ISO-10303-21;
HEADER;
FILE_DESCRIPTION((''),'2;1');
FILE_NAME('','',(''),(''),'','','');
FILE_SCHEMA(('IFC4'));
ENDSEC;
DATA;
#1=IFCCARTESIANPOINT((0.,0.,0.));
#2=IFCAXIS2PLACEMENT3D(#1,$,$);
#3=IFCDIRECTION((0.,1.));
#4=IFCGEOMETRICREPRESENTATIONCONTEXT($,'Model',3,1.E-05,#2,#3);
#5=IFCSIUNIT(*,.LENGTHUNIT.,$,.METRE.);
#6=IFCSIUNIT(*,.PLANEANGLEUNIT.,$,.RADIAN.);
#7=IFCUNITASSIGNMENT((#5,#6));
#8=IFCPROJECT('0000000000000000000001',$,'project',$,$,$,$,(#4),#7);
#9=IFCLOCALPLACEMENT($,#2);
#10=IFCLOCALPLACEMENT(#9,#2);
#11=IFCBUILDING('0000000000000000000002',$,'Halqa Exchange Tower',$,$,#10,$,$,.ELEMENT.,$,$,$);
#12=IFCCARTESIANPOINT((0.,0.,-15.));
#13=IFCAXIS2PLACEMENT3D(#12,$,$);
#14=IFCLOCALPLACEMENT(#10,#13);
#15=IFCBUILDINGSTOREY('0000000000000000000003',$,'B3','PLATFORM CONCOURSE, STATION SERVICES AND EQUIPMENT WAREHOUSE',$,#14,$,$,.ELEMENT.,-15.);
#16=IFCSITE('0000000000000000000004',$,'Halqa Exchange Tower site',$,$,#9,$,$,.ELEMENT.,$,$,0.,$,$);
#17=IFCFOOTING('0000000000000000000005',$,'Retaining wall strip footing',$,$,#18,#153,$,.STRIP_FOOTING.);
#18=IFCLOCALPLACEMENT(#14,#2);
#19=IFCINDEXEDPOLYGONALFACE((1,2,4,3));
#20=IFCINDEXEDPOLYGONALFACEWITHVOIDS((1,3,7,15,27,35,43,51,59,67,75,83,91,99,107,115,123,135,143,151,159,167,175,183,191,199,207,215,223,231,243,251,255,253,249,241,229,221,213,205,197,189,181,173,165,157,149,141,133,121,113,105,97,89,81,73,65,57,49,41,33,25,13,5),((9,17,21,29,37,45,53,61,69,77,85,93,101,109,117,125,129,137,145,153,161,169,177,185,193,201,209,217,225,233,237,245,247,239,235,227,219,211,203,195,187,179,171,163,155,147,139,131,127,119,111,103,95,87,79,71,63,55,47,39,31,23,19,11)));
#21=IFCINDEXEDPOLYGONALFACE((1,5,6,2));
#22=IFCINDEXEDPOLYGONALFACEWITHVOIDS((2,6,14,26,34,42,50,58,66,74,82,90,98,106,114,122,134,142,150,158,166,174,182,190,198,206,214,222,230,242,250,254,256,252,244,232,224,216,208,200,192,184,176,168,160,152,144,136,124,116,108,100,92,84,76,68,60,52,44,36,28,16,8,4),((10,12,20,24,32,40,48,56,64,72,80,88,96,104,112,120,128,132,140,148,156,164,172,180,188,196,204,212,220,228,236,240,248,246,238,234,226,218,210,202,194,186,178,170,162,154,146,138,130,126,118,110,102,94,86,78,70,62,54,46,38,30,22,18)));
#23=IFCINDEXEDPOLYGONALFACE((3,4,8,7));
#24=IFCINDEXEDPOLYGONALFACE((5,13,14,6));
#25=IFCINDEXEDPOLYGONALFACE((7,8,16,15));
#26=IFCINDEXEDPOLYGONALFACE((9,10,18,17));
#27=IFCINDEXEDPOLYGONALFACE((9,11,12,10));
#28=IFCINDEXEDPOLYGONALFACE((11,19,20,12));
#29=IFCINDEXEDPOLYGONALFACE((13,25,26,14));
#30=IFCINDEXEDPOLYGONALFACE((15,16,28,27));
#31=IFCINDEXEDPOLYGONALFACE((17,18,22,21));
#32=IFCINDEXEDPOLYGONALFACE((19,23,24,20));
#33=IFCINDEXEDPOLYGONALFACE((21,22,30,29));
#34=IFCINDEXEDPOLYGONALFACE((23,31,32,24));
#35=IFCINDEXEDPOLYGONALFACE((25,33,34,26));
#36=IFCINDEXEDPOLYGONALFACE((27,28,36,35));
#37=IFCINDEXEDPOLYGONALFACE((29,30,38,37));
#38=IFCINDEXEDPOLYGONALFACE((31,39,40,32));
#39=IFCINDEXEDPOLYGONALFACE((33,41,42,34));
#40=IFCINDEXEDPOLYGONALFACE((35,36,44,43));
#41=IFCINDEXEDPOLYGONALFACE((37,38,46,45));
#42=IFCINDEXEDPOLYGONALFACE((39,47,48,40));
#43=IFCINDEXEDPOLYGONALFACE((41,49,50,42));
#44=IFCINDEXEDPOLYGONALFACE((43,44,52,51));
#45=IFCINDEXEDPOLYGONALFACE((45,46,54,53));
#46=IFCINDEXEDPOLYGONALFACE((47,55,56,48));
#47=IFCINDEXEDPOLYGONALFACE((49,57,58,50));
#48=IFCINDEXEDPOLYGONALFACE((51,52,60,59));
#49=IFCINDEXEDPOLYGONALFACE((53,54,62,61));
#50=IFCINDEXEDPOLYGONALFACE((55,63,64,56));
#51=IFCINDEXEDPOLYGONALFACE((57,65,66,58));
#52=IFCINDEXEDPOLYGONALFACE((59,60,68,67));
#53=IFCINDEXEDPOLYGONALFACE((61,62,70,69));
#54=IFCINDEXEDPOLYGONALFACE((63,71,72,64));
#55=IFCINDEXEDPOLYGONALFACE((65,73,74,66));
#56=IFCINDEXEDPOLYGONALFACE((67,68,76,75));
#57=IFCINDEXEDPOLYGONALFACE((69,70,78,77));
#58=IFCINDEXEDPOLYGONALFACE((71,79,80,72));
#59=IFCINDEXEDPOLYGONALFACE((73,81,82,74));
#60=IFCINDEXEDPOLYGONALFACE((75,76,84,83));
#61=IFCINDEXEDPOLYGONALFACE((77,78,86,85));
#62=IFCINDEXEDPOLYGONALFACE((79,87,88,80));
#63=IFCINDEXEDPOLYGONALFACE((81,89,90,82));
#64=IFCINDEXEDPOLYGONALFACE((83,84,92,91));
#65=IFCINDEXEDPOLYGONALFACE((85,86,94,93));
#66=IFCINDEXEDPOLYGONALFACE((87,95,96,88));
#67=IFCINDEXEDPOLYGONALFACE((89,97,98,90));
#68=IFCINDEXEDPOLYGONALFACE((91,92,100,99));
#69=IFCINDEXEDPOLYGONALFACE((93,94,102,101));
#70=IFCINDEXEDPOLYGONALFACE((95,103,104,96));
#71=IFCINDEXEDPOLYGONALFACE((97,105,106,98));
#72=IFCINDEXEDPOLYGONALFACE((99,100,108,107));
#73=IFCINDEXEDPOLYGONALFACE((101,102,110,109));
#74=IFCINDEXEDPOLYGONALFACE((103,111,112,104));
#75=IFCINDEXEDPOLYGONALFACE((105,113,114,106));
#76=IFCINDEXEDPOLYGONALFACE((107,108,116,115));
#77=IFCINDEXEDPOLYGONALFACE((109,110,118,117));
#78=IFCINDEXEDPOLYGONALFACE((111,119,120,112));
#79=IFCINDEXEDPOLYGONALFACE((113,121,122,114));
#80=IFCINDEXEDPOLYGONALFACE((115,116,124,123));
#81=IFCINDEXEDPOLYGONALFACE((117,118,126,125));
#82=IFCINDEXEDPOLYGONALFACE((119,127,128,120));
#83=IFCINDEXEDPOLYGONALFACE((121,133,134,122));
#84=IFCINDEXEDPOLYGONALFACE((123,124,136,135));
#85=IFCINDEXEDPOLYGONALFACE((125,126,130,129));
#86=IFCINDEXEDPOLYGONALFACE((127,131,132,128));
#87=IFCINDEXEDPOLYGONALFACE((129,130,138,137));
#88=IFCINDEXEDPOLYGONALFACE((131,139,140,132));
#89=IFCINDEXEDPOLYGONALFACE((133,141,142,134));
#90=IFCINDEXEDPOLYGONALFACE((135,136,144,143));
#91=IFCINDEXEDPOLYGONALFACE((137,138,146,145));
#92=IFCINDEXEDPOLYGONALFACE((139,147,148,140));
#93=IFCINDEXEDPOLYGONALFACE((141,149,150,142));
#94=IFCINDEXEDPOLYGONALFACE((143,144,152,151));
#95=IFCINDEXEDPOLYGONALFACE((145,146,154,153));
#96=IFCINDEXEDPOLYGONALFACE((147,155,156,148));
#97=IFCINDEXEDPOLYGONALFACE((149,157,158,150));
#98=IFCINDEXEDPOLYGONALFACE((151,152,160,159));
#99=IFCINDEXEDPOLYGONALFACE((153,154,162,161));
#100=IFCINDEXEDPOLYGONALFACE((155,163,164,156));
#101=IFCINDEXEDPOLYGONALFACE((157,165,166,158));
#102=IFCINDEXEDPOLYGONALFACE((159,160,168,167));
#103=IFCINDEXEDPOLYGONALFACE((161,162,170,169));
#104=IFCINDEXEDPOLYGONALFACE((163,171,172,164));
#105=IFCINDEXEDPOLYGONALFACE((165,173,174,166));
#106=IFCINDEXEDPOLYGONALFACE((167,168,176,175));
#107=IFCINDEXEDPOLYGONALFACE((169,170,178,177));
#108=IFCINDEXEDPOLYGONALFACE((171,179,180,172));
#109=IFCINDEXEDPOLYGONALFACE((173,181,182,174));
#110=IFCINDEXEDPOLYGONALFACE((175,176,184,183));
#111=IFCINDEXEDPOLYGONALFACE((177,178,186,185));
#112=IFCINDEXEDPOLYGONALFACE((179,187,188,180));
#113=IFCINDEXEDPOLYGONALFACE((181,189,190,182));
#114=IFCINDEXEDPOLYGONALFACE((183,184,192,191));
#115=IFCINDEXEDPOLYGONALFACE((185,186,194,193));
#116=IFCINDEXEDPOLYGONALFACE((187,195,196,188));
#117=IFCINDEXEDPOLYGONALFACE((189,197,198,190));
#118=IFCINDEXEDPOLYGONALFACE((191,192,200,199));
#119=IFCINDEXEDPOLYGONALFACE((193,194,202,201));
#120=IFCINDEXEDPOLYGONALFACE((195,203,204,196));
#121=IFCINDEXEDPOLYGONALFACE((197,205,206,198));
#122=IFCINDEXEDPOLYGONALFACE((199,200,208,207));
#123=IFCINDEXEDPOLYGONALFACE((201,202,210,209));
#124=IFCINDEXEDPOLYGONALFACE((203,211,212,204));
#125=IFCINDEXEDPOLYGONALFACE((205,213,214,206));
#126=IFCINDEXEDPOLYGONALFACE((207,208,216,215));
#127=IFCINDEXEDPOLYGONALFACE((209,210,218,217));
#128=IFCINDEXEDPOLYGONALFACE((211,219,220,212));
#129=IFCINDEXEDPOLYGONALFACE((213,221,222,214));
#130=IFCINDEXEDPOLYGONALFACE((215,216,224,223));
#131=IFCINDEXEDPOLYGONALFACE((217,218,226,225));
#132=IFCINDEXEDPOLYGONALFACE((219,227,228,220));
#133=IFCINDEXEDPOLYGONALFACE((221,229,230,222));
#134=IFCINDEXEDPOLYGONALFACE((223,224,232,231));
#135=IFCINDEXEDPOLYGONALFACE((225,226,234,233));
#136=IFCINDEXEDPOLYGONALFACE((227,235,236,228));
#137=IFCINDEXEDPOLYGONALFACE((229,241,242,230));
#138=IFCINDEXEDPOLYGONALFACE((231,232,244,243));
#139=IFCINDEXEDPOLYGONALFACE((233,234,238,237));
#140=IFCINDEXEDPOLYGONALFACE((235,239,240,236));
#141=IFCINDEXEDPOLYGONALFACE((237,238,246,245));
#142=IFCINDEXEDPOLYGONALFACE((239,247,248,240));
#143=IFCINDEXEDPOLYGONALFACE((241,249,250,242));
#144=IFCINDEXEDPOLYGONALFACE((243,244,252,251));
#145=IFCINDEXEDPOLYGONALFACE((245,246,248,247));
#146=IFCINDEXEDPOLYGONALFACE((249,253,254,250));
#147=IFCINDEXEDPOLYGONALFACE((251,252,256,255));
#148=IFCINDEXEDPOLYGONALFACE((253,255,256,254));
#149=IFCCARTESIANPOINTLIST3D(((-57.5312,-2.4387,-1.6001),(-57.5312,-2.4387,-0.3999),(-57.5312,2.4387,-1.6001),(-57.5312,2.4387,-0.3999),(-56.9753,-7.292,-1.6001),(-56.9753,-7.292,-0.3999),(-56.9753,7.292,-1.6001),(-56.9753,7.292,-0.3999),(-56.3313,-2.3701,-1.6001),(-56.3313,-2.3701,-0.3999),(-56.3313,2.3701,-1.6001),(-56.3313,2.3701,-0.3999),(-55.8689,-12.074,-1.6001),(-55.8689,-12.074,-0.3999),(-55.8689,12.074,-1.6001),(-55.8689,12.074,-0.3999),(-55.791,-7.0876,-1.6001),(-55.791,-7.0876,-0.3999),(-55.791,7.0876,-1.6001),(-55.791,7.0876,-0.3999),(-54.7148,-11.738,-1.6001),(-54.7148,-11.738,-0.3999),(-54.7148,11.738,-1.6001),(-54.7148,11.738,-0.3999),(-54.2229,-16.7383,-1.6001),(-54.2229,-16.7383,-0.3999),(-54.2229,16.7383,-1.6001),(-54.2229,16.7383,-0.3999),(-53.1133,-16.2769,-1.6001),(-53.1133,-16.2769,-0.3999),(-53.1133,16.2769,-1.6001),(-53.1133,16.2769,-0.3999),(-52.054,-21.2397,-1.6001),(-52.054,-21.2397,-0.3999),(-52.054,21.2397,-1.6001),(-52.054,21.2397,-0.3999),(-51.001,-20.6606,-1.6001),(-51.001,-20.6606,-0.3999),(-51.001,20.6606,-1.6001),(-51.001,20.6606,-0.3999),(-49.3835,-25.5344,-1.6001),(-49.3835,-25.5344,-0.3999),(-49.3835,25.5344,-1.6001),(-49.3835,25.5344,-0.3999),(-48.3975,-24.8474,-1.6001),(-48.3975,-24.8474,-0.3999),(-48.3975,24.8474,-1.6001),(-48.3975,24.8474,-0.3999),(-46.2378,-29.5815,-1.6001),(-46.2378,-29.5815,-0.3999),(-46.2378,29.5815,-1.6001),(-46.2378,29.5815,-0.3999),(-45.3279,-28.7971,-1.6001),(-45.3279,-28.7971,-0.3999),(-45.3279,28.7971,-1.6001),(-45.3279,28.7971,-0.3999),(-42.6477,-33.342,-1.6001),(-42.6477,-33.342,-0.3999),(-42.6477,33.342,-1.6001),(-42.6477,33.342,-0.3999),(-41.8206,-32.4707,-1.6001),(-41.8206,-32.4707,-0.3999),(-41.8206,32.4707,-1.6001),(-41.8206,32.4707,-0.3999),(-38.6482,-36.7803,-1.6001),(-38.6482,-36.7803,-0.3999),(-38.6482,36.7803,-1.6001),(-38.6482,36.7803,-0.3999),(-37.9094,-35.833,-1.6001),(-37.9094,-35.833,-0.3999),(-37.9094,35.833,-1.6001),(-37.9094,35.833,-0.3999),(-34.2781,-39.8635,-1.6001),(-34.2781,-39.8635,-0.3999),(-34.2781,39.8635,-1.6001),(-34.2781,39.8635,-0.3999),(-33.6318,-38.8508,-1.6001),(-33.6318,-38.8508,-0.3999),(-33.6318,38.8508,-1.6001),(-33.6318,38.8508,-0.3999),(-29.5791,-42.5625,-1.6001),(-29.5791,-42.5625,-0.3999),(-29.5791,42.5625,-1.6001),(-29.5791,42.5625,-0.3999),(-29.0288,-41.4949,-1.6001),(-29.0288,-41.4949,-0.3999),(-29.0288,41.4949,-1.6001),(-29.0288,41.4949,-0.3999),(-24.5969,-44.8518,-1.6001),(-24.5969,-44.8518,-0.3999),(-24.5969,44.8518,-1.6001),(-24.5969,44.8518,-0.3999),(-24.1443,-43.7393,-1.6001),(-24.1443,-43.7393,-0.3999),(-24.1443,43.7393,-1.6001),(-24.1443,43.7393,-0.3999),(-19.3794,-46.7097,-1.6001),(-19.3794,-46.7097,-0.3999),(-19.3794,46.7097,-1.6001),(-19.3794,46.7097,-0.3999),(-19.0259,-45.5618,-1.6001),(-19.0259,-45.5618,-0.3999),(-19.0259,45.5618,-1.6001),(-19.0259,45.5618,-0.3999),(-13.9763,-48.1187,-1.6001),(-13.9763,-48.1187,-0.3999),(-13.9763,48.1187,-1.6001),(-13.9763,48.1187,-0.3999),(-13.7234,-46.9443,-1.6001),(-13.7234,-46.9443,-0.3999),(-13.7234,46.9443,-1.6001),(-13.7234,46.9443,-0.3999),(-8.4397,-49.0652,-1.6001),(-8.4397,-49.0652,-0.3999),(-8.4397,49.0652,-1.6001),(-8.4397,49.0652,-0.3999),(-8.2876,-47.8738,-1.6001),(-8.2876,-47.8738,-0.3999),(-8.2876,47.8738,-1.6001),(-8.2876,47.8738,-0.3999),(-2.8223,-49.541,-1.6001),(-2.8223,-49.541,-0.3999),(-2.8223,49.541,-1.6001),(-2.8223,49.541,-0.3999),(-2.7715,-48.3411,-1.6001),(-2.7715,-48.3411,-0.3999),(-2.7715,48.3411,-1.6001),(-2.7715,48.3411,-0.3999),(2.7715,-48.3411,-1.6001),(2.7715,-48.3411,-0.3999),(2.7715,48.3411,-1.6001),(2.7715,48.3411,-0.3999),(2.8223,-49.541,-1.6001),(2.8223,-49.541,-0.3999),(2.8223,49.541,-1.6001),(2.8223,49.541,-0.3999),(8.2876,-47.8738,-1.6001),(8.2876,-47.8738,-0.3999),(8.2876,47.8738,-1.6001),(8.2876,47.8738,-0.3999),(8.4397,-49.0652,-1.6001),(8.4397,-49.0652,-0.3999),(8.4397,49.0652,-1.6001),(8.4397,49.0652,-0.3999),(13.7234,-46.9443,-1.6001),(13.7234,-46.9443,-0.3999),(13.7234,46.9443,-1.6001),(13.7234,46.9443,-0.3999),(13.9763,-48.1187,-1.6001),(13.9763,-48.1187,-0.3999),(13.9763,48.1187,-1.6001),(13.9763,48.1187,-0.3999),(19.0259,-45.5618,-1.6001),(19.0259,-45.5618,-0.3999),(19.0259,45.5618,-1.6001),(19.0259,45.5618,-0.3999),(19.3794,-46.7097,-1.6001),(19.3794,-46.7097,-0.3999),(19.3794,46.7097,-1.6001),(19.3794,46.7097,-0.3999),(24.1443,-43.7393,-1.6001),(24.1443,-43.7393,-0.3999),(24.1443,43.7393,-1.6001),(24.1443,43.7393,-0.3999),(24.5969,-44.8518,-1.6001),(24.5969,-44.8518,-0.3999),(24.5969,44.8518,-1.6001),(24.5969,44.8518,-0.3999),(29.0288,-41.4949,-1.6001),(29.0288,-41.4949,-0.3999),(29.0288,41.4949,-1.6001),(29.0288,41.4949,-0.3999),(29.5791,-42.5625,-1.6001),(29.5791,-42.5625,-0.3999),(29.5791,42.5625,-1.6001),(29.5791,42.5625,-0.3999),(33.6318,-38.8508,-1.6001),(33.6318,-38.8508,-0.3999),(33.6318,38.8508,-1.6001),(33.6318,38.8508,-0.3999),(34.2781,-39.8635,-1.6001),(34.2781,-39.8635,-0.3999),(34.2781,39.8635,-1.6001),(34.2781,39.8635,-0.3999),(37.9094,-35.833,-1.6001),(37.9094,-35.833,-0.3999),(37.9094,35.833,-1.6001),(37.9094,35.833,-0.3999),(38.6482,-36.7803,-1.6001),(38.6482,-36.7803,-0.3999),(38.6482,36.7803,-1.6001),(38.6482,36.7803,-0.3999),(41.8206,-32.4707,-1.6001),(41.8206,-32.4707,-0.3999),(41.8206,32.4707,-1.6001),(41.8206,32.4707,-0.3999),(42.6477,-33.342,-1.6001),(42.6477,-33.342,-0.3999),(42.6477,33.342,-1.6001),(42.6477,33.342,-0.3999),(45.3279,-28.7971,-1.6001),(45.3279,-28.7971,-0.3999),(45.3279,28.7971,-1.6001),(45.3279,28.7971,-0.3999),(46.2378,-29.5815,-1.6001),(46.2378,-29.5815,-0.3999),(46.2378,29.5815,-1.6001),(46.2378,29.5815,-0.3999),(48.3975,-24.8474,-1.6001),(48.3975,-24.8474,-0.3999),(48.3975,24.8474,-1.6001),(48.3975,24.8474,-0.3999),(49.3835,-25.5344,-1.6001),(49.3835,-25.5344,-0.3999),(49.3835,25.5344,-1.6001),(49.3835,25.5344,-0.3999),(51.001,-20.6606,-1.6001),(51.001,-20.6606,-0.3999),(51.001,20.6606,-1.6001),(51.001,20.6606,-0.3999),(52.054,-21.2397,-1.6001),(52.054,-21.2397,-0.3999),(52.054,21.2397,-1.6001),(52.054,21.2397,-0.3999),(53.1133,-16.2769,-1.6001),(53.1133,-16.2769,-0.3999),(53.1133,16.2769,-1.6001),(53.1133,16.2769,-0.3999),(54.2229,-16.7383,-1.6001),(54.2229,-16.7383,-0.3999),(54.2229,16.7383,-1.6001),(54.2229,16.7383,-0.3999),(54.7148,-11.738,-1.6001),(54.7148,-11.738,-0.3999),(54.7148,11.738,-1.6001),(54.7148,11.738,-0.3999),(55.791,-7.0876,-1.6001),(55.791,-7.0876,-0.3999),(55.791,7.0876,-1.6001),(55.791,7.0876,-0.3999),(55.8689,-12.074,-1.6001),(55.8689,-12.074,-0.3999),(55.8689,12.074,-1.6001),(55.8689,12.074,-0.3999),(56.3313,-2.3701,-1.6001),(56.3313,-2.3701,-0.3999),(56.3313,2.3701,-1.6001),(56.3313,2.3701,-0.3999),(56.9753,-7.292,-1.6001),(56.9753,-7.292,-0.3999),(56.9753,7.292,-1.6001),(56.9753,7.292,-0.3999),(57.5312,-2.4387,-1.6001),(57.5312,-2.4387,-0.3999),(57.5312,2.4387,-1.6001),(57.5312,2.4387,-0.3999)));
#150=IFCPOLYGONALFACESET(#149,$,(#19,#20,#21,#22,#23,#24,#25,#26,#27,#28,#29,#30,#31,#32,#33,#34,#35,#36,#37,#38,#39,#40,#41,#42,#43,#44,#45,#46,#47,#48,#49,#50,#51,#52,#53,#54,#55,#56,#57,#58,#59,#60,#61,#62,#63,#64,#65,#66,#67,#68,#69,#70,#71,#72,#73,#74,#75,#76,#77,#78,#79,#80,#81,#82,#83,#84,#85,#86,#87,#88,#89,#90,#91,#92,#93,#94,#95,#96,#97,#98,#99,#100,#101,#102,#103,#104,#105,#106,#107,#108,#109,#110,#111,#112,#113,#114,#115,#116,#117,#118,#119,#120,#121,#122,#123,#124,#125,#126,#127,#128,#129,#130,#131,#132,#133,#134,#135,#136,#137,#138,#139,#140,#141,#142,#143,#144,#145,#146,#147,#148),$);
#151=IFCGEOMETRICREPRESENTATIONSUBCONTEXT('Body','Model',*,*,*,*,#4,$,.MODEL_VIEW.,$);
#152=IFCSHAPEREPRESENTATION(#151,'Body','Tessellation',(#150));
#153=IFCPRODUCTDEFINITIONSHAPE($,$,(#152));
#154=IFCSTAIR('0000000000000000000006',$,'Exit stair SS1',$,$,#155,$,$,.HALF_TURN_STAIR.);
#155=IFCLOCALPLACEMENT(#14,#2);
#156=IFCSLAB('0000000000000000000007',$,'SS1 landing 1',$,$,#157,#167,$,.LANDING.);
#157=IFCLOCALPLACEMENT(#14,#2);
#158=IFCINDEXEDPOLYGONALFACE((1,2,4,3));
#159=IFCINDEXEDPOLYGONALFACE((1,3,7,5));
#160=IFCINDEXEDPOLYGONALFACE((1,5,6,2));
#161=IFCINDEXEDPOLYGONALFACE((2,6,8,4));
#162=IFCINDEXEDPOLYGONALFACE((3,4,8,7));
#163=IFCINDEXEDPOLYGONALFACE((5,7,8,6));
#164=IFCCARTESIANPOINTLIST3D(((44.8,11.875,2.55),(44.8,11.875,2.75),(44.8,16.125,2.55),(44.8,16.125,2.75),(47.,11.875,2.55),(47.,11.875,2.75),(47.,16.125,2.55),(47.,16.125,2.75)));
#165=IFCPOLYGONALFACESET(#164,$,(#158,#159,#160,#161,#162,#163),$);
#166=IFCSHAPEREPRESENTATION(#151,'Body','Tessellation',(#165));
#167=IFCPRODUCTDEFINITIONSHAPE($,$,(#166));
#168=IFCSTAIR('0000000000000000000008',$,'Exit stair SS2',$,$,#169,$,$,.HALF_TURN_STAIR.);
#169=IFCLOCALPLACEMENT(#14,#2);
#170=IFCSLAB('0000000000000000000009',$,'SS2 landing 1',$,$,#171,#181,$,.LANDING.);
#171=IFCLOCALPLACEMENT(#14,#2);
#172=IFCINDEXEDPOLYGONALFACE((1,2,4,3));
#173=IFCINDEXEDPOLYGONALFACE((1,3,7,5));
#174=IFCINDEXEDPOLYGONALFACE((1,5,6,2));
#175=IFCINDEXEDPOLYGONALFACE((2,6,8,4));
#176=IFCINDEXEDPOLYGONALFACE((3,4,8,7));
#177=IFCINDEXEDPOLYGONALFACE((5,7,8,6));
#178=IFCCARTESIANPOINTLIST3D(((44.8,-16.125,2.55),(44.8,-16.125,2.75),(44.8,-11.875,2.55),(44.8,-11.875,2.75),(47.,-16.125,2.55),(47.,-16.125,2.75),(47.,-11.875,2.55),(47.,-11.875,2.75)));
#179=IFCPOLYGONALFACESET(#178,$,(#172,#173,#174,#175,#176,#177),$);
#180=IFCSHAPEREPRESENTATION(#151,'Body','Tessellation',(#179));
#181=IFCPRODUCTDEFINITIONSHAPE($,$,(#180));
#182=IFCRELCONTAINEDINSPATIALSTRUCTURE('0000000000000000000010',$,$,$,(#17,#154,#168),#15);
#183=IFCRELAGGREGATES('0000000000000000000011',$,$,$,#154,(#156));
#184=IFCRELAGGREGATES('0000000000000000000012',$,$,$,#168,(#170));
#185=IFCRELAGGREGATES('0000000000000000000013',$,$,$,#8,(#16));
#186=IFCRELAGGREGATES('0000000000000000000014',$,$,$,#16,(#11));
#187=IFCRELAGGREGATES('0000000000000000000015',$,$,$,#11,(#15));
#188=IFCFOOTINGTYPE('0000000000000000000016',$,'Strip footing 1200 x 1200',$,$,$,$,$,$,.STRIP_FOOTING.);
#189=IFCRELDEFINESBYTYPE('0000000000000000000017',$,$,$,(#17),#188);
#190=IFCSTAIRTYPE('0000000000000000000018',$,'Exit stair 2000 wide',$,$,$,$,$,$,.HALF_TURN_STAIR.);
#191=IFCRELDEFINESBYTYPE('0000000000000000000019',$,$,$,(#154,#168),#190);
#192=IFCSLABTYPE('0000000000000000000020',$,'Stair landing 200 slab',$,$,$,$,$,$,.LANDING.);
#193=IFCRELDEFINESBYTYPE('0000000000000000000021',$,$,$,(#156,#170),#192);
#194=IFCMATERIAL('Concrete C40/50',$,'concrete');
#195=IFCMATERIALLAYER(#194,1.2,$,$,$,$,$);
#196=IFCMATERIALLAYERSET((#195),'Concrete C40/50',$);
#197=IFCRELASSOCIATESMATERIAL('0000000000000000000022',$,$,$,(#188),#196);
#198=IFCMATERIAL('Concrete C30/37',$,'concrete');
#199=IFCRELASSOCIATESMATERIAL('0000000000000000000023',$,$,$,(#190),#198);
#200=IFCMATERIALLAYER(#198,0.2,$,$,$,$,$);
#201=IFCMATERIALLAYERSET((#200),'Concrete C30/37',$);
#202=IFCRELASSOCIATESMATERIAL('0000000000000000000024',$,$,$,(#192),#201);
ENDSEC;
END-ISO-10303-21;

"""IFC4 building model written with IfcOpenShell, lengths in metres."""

from ifc_helpers import new_model, si_unit, direction, frame, origin, place, context, subcontext, project, spatial, polyline, outline, extrude, material, layer, layer_set, type_object, element, aggregate, save


model = new_model("IFC4")

# Units and contexts
model_context = context("Model", 3, precision=1e-05, world=origin(), true_north=direction((0.0, 1.0)))
body_context = subcontext(model_context, "Body", "Model", "MODEL_VIEW")
ifc_project = project(units=[si_unit("LENGTHUNIT", "METRE"), si_unit("PLANEANGLEUNIT", "RADIAN")], contexts=[model_context])

# Site, building, storey
site_placement = place(None, origin())
site = spatial("IfcSite", under=ifc_project, at=site_placement, Name="Halqa Exchange Tower site", CompositionType="ELEMENT", RefElevation=0.0)
building_placement = place(site_placement, origin())
building = spatial("IfcBuilding", under=site, at=building_placement, Name="Halqa Exchange Tower", CompositionType="ELEMENT")
storey_placement = place(building_placement, frame((0.0, 0.0, -15.0)))
storey = spatial("IfcBuildingStorey", under=building, at=storey_placement, Name="B3", Description="PLATFORM CONCOURSE, STATION SERVICES AND EQUIPMENT WAREHOUSE", CompositionType="ELEMENT", Elevation=-15.0)

# Footing
ifc_material_1 = material(Name="Concrete C40/50", Category="concrete")
ifc_layer_1 = layer(ifc_material_1, 1.2)
ifc_layer_set_1 = layer_set([ifc_layer_1], Name="Concrete C40/50")
footing_type_1 = type_object("IfcFootingType", Name="Strip footing 1200 x 1200", PredefinedType="STRIP_FOOTING", material=ifc_layer_set_1)
footing_1_placement = place(storey_placement, frame((0.0, 0.0, -1.6001)))
element("IfcFooting", 1, at=footing_1_placement, inside=storey, type_object=footing_type_1, Name="Retaining wall strip footing", PredefinedType="STRIP_FOOTING", context=body_context, shape_type="SweptSolid", body=[
    extrude(outline(polyline([(57.5312, 2.4387), (57.5312, -2.4387), (56.9753, -7.292), (55.8689, -12.074), (54.2229, -16.7383), (52.054, -21.2397), (49.3835, -25.5344), (46.2378, -29.5815), (42.6477, -33.342), (38.6482, -36.7803), (34.2781, -39.8635), (29.5791, -42.5625), (24.5969, -44.8518), (19.3794, -46.7097), (13.9763, -48.1187), (8.4397, -49.0652), (2.8223, -49.541), (-2.8223, -49.541), (-8.4397, -49.0652), (-13.9763, -48.1187), (-19.3794, -46.7097), (-24.5969, -44.8518), (-29.5791, -42.5625), (-34.2781, -39.8635), (-38.6482, -36.7803), (-42.6477, -33.342), (-46.2378, -29.5815), (-49.3835, -25.5344), (-52.054, -21.2397), (-54.2229, -16.7383), (-55.8689, -12.074), (-56.9753, -7.292), (-57.5312, -2.4387), (-57.5312, 2.4387), (-56.9753, 7.292), (-55.8689, 12.074), (-54.2229, 16.7383), (-52.054, 21.2397), (-49.3835, 25.5344), (-46.2378, 29.5815), (-42.6477, 33.342), (-38.6482, 36.7803), (-34.2781, 39.8635), (-29.5791, 42.5625), (-24.5969, 44.8518), (-19.3794, 46.7097), (-13.9763, 48.1187), (-8.4397, 49.0652), (-2.8223, 49.541), (2.8223, 49.541), (8.4397, 49.0652), (13.9763, 48.1187), (19.3794, 46.7097), (24.5969, 44.8518), (29.5791, 42.5625), (34.2781, 39.8635), (38.6482, 36.7803), (42.6477, 33.342), (46.2378, 29.5815), (49.3835, 25.5344), (52.054, 21.2397), (54.2229, 16.7383), (55.8689, 12.074), (56.9753, 7.292), (57.5312, 2.4387)]), holes=[polyline([(56.3313, 2.3701), (56.3313, -2.3701), (55.791, -7.0876), (54.7148, -11.738), (53.1133, -16.2769), (51.001, -20.6606), (48.3975, -24.8474), (45.3279, -28.7971), (41.8206, -32.4707), (37.9094, -35.833), (33.6318, -38.8508), (29.0288, -41.4949), (24.1443, -43.7393), (19.0259, -45.5618), (13.7234, -46.9443), (8.2876, -47.8738), (2.7715, -48.3411), (-2.7715, -48.3411), (-8.2876, -47.8738), (-13.7234, -46.9443), (-19.0259, -45.5618), (-24.1443, -43.7393), (-29.0288, -41.4949), (-33.6318, -38.8508), (-37.9094, -35.833), (-41.8206, -32.4707), (-45.3279, -28.7971), (-48.3975, -24.8474), (-51.001, -20.6606), (-53.1133, -16.2769), (-54.7148, -11.738), (-55.791, -7.0876), (-56.3313, -2.3701), (-56.3313, 2.3701), (-55.791, 7.0876), (-54.7148, 11.738), (-53.1133, 16.2769), (-51.001, 20.6606), (-48.3975, 24.8474), (-45.3279, 28.7971), (-41.8206, 32.4707), (-37.9094, 35.833), (-33.6318, 38.8508), (-29.0288, 41.4949), (-24.1443, 43.7393), (-19.0259, 45.5618), (-13.7234, 46.9443), (-8.2876, 47.8738), (-2.7715, 48.3411), (2.7715, 48.3411), (8.2876, 47.8738), (13.7234, 46.9443), (19.0259, 45.5618), (24.1443, 43.7393), (29.0288, 41.4949), (33.6318, 38.8508), (37.9094, 35.833), (41.8206, 32.4707), (45.3279, 28.7971), (48.3975, 24.8474), (51.001, 20.6606), (53.1133, 16.2769), (54.7148, 11.738), (55.791, 7.0876), (56.3313, 2.3701)])]), origin(), (0.0, 0.0, 1.0), 1.2002),
])

# Stairs, slabs
ifc_material_2 = material(Name="Concrete C30/37", Category="concrete")
stair_type = type_object("IfcStairType", Name="Exit stair 2000 wide", PredefinedType="HALF_TURN_STAIR", material=ifc_material_2)
stair_1_placement = place(storey_placement, origin())
stair_1 = element("IfcStair", 2, at=stair_1_placement, inside=storey, type_object=stair_type, Name="Exit stair SS1", PredefinedType="HALF_TURN_STAIR")
ifc_layer_2 = layer(ifc_material_2, 0.2)
ifc_layer_set_2 = layer_set([ifc_layer_2], Name="Concrete C30/37")
slab_type = type_object("IfcSlabType", Name="Stair landing 200 slab", PredefinedType="LANDING", material=ifc_layer_set_2)
slab_1_placement = place(storey_placement, frame((0.0, 0.0, 2.55)))
slab_1 = element("IfcSlab", 3, at=slab_1_placement, type_object=slab_type, Name="SS1 landing 1", PredefinedType="LANDING", context=body_context, shape_type="SweptSolid", body=[
    extrude(outline(polyline([(44.8, 11.875), (47.0, 11.875), (47.0, 16.125), (44.8, 16.125), (44.8, 11.875)])), origin(), (0.0, 0.0, 1.0), 0.2),
])
aggregate(stair_1, [slab_1])
stair_2_placement = place(storey_placement, origin())
stair_2 = element("IfcStair", 4, at=stair_2_placement, inside=storey, type_object=stair_type, Name="Exit stair SS2", PredefinedType="HALF_TURN_STAIR")
slab_2_placement = place(storey_placement, frame((0.0, 0.0, 2.55)))
slab_2 = element("IfcSlab", 5, at=slab_2_placement, type_object=slab_type, Name="SS2 landing 1", PredefinedType="LANDING", context=body_context, shape_type="SweptSolid", body=[
    extrude(outline(polyline([(44.8, -16.125), (47.0, -16.125), (47.0, -11.875), (44.8, -11.875), (44.8, -16.125)])), origin(), (0.0, 0.0, 1.0), 0.2),
])
aggregate(stair_2, [slab_2])

save(model, "model.ifc")
